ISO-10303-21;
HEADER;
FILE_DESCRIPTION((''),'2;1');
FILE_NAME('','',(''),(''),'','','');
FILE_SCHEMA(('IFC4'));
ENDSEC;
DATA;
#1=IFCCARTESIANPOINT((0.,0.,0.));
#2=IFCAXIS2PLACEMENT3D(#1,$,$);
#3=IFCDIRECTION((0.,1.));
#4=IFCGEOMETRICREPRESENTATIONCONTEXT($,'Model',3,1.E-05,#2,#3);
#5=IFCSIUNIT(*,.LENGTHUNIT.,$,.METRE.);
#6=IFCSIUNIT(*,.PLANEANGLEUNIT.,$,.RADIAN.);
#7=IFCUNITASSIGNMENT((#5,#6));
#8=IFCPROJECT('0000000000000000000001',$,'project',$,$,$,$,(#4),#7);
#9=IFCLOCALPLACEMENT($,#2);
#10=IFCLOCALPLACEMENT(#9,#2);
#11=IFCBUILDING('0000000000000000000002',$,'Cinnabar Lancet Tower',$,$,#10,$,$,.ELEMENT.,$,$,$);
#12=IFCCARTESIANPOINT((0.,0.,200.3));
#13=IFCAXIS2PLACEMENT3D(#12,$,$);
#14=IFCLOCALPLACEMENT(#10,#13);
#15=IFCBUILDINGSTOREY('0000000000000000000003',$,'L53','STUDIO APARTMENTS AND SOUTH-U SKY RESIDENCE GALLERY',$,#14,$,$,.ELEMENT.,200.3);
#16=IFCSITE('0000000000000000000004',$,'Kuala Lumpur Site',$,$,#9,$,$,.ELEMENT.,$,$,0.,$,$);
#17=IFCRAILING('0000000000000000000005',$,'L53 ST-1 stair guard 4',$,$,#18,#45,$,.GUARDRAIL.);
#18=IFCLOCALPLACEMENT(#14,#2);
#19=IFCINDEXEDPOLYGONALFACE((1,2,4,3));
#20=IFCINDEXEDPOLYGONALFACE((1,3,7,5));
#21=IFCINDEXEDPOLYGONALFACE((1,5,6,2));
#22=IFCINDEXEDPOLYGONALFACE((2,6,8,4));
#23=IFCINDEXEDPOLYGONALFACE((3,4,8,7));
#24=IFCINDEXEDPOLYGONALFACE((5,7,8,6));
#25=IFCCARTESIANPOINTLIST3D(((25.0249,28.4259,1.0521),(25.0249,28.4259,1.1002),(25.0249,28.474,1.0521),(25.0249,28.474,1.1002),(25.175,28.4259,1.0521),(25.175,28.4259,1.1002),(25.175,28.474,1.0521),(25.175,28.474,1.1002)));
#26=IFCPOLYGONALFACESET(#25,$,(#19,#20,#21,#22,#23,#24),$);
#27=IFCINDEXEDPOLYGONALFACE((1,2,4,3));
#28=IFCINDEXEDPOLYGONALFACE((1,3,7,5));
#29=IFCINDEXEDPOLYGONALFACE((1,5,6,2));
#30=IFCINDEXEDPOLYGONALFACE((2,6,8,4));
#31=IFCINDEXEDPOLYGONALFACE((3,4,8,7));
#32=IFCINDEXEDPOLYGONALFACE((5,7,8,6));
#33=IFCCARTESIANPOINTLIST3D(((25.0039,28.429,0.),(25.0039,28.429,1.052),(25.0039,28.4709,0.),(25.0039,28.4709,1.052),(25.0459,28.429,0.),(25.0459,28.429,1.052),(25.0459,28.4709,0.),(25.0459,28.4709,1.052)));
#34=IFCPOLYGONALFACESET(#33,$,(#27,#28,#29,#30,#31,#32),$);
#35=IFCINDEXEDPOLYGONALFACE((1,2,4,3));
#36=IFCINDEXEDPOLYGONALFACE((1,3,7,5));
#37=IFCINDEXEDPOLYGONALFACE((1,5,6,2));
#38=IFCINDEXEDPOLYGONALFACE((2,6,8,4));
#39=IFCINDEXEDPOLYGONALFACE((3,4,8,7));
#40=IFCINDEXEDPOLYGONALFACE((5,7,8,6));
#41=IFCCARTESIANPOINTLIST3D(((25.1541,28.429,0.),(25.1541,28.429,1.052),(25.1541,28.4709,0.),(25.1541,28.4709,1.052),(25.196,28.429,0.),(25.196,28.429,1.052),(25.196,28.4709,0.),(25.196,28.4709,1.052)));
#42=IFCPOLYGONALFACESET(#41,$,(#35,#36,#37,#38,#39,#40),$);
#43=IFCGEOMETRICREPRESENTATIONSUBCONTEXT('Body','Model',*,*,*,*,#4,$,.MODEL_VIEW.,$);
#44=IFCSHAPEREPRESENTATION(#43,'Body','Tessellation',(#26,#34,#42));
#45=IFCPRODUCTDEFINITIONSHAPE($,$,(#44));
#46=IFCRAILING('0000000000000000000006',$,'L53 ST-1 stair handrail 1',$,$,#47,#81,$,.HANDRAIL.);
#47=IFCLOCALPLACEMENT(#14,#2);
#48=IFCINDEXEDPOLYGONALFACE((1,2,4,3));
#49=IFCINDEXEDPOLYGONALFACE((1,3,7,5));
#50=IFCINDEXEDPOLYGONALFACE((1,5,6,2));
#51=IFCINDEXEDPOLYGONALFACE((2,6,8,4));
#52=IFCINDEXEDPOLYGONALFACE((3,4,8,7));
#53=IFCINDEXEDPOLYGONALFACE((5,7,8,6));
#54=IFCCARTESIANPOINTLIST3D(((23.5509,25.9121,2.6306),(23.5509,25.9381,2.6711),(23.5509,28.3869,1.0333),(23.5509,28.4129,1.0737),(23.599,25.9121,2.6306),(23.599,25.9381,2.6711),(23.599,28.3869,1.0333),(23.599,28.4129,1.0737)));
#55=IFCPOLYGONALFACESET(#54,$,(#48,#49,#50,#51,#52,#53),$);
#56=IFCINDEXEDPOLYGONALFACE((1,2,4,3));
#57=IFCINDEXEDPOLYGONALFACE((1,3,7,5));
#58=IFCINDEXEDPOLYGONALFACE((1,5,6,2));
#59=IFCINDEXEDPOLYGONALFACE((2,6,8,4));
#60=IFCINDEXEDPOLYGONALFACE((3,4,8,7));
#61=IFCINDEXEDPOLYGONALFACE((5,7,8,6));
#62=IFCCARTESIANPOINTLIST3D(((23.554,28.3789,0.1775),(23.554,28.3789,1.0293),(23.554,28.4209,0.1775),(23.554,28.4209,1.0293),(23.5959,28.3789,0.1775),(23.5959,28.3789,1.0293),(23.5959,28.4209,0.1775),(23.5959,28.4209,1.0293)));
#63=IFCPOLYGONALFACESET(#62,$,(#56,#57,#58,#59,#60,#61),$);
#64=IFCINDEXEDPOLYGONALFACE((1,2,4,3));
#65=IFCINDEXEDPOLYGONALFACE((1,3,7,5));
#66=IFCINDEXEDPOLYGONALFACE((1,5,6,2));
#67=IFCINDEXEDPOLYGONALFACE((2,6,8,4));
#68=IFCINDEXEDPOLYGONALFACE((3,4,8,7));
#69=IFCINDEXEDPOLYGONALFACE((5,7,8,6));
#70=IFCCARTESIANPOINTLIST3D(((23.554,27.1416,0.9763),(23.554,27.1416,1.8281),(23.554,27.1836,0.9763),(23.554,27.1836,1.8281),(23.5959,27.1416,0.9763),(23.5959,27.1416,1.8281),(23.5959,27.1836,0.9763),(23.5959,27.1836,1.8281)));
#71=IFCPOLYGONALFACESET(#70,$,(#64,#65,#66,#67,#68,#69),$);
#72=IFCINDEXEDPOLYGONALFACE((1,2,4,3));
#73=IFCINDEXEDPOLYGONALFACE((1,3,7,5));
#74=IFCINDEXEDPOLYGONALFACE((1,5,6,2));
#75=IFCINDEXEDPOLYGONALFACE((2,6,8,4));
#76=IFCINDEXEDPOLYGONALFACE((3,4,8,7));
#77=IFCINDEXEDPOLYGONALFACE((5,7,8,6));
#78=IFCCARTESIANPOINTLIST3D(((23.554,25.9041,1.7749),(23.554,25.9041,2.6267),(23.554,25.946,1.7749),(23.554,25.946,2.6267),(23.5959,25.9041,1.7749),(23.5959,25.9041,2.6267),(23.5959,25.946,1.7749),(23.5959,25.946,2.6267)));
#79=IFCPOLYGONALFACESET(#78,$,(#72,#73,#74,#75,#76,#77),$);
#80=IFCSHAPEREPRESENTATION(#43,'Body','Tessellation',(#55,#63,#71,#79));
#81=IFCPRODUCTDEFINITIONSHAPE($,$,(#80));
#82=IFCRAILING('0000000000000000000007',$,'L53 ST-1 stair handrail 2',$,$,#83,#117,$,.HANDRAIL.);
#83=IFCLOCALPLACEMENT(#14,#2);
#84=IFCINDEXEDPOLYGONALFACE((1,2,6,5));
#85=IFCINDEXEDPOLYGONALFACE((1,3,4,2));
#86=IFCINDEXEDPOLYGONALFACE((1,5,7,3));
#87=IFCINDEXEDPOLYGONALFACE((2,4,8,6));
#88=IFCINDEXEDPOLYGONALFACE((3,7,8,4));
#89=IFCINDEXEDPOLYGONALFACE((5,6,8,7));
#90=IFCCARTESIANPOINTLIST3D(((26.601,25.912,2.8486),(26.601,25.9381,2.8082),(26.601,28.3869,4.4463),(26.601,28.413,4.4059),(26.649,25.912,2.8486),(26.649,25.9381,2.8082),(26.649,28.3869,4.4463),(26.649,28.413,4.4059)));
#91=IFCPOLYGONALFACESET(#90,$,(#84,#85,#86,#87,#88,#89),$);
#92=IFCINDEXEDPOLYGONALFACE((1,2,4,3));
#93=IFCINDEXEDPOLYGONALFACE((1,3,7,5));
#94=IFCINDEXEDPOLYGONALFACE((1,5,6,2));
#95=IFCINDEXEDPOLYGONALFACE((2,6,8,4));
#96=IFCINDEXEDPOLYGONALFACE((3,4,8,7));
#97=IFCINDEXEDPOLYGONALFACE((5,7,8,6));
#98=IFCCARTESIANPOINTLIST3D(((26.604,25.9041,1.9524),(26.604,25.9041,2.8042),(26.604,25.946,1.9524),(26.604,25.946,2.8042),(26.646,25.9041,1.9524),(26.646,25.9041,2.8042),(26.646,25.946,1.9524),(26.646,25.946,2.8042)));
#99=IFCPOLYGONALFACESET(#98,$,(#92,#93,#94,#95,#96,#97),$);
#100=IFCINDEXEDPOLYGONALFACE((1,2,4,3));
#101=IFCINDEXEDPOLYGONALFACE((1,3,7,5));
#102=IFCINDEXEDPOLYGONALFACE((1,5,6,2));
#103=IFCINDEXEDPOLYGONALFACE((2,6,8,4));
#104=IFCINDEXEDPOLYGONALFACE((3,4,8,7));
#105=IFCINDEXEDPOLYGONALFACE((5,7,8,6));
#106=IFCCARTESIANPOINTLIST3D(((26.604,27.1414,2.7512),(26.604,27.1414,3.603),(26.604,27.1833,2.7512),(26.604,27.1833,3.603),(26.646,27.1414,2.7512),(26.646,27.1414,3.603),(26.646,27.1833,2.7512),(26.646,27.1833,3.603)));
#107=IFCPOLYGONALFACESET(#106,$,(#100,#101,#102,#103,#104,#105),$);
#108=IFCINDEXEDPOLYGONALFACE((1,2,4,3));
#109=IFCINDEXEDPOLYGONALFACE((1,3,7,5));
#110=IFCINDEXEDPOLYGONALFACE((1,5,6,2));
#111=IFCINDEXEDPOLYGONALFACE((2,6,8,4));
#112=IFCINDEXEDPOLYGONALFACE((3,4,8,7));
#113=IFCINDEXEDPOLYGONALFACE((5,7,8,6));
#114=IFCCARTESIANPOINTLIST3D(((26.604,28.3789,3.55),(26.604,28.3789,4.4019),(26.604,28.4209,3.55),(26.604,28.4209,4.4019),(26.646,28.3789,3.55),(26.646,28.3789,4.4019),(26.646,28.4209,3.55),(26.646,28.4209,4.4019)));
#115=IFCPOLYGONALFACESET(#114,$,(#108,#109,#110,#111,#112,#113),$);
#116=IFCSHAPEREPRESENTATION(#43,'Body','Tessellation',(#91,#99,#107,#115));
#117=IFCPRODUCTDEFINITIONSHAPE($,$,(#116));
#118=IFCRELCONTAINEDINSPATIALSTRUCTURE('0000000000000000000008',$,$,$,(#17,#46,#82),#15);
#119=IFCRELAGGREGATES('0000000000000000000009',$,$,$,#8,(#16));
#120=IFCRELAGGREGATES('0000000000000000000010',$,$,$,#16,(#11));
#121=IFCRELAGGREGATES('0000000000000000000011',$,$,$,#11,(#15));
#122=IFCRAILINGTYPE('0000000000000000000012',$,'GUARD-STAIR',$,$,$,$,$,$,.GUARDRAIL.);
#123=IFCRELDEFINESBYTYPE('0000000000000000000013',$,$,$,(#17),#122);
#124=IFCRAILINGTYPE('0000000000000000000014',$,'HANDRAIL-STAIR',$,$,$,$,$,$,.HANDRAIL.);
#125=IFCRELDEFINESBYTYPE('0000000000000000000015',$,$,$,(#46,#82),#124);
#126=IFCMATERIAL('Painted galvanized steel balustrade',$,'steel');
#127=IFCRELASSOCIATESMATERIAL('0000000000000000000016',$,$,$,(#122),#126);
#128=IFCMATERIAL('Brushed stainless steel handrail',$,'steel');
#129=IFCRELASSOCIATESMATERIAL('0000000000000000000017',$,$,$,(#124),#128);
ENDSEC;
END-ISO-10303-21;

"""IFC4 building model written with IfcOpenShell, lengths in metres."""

from ifc_helpers import new_model, si_unit, direction, frame, origin, origin_2d, place, context, subcontext, project, spatial, rectangle, extrude, material, type_object, element, save


model = new_model("IFC4")

# Units and contexts
model_context = context("Model", 3, precision=1e-05, world=origin(), true_north=direction((0.0, 1.0)))
body_context = subcontext(model_context, "Body", "Model", "MODEL_VIEW")
ifc_project = project(units=[si_unit("LENGTHUNIT", "METRE"), si_unit("PLANEANGLEUNIT", "RADIAN")], contexts=[model_context])

# Site, building, storey
site_placement = place(None, origin())
site = spatial("IfcSite", under=ifc_project, at=site_placement, Name="Kuala Lumpur Site", CompositionType="ELEMENT", RefElevation=0.0)
building_placement = place(site_placement, origin())
building = spatial("IfcBuilding", under=site, at=building_placement, Name="Cinnabar Lancet Tower", CompositionType="ELEMENT")
storey_placement = place(building_placement, frame((0.0, 0.0, 200.3)))
storey = spatial("IfcBuildingStorey", under=building, at=storey_placement, Name="L53", Description="STUDIO APARTMENTS AND SOUTH-U SKY RESIDENCE GALLERY", CompositionType="ELEMENT", Elevation=200.3)

# Railings
ifc_material_1 = material(Name="Painted galvanized steel balustrade", Category="steel")
railing_type_1 = type_object("IfcRailingType", Name="GUARD-STAIR", PredefinedType="GUARDRAIL", material=ifc_material_1)
railing_1_placement = place(storey_placement, frame((25.0249, 28.45, 0.0)))
element("IfcRailing", 1, at=railing_1_placement, inside=storey, type_object=railing_type_1, Name="L53 ST-1 stair guard 4", PredefinedType="GUARDRAIL", context=body_context, shape_type="SweptSolid", body=[
    extrude(rectangle(XDim=0.0481, YDim=0.0481, at=origin_2d()), frame((0.0, 0.0, 1.0762), z_axis=(1.0, 0.0, 0.0), x_axis=(0.0, 1.0, 0.0)), (0.0, 0.0, 1.0), 0.1501),
    extrude(rectangle(XDim=0.042, YDim=0.042, at=origin_2d()), origin(), (0.0, 0.0, 1.0), 1.052),
    extrude(rectangle(XDim=0.042, YDim=0.042, at=origin_2d()), frame((0.1501, 0.0, 0.0)), (0.0, 0.0, 1.0), 1.052),
])
ifc_material_2 = material(Name="Brushed stainless steel handrail", Category="steel")
railing_type_2 = type_object("IfcRailingType", Name="HANDRAIL-STAIR", PredefinedType="HANDRAIL", material=ifc_material_2)
railing_2_placement = place(storey_placement, frame((23.575, 28.3999, 0.1775)))
element("IfcRailing", 2, at=railing_2_placement, inside=storey, type_object=railing_type_2, Name="L53 ST-1 stair handrail 1", PredefinedType="HANDRAIL", context=body_context, shape_type="SweptSolid", body=[
    extrude(rectangle(XDim=0.0481, YDim=0.0481, at=origin_2d()), frame((0.0, 0.0, 0.876), z_axis=(0.0, -0.840183, 0.542302), x_axis=(1.0, 0.0, 0.0)), (0.0, 0.0, 1.0), 2.9456),
    extrude(rectangle(XDim=0.042, YDim=0.042, at=origin_2d()), origin(), (0.0, 0.0, 1.0), 0.8518),
    extrude(rectangle(XDim=0.042, YDim=0.042, at=origin_2d()), frame((0.0, -1.2373, 0.7988)), (0.0, 0.0, 1.0), 0.8518),
    extrude(rectangle(XDim=0.042, YDim=0.042, at=origin_2d()), frame((0.0, -2.4749, 1.5974)), (0.0, 0.0, 1.0), 0.8518),
])
railing_3_placement = place(storey_placement, frame((26.625, 25.925, 1.9524)))
element("IfcRailing", 3, at=railing_3_placement, inside=storey, type_object=railing_type_2, Name="L53 ST-1 stair handrail 2", PredefinedType="HANDRAIL", context=body_context, shape_type="SweptSolid", body=[
    extrude(rectangle(XDim=0.0481, YDim=0.0481, at=origin_2d()), frame((0.0, 0.0, 0.876), z_axis=(0.0, 0.840146, 0.542361), x_axis=(-1.0, 0.0, 0.0)), (0.0, 0.0, 1.0), 2.9458),
    extrude(rectangle(XDim=0.042, YDim=0.042, at=origin_2d()), origin(), (0.0, 0.0, 1.0), 0.8518),
    extrude(rectangle(XDim=0.042, YDim=0.042, at=origin_2d()), frame((0.0, 1.2373, 0.7988)), (0.0, 0.0, 1.0), 0.8518),
    extrude(rectangle(XDim=0.042, YDim=0.042, at=origin_2d()), frame((0.0, 2.4749, 1.5977)), (0.0, 0.0, 1.0), 0.8518),
])

save(model, "model.ifc")
